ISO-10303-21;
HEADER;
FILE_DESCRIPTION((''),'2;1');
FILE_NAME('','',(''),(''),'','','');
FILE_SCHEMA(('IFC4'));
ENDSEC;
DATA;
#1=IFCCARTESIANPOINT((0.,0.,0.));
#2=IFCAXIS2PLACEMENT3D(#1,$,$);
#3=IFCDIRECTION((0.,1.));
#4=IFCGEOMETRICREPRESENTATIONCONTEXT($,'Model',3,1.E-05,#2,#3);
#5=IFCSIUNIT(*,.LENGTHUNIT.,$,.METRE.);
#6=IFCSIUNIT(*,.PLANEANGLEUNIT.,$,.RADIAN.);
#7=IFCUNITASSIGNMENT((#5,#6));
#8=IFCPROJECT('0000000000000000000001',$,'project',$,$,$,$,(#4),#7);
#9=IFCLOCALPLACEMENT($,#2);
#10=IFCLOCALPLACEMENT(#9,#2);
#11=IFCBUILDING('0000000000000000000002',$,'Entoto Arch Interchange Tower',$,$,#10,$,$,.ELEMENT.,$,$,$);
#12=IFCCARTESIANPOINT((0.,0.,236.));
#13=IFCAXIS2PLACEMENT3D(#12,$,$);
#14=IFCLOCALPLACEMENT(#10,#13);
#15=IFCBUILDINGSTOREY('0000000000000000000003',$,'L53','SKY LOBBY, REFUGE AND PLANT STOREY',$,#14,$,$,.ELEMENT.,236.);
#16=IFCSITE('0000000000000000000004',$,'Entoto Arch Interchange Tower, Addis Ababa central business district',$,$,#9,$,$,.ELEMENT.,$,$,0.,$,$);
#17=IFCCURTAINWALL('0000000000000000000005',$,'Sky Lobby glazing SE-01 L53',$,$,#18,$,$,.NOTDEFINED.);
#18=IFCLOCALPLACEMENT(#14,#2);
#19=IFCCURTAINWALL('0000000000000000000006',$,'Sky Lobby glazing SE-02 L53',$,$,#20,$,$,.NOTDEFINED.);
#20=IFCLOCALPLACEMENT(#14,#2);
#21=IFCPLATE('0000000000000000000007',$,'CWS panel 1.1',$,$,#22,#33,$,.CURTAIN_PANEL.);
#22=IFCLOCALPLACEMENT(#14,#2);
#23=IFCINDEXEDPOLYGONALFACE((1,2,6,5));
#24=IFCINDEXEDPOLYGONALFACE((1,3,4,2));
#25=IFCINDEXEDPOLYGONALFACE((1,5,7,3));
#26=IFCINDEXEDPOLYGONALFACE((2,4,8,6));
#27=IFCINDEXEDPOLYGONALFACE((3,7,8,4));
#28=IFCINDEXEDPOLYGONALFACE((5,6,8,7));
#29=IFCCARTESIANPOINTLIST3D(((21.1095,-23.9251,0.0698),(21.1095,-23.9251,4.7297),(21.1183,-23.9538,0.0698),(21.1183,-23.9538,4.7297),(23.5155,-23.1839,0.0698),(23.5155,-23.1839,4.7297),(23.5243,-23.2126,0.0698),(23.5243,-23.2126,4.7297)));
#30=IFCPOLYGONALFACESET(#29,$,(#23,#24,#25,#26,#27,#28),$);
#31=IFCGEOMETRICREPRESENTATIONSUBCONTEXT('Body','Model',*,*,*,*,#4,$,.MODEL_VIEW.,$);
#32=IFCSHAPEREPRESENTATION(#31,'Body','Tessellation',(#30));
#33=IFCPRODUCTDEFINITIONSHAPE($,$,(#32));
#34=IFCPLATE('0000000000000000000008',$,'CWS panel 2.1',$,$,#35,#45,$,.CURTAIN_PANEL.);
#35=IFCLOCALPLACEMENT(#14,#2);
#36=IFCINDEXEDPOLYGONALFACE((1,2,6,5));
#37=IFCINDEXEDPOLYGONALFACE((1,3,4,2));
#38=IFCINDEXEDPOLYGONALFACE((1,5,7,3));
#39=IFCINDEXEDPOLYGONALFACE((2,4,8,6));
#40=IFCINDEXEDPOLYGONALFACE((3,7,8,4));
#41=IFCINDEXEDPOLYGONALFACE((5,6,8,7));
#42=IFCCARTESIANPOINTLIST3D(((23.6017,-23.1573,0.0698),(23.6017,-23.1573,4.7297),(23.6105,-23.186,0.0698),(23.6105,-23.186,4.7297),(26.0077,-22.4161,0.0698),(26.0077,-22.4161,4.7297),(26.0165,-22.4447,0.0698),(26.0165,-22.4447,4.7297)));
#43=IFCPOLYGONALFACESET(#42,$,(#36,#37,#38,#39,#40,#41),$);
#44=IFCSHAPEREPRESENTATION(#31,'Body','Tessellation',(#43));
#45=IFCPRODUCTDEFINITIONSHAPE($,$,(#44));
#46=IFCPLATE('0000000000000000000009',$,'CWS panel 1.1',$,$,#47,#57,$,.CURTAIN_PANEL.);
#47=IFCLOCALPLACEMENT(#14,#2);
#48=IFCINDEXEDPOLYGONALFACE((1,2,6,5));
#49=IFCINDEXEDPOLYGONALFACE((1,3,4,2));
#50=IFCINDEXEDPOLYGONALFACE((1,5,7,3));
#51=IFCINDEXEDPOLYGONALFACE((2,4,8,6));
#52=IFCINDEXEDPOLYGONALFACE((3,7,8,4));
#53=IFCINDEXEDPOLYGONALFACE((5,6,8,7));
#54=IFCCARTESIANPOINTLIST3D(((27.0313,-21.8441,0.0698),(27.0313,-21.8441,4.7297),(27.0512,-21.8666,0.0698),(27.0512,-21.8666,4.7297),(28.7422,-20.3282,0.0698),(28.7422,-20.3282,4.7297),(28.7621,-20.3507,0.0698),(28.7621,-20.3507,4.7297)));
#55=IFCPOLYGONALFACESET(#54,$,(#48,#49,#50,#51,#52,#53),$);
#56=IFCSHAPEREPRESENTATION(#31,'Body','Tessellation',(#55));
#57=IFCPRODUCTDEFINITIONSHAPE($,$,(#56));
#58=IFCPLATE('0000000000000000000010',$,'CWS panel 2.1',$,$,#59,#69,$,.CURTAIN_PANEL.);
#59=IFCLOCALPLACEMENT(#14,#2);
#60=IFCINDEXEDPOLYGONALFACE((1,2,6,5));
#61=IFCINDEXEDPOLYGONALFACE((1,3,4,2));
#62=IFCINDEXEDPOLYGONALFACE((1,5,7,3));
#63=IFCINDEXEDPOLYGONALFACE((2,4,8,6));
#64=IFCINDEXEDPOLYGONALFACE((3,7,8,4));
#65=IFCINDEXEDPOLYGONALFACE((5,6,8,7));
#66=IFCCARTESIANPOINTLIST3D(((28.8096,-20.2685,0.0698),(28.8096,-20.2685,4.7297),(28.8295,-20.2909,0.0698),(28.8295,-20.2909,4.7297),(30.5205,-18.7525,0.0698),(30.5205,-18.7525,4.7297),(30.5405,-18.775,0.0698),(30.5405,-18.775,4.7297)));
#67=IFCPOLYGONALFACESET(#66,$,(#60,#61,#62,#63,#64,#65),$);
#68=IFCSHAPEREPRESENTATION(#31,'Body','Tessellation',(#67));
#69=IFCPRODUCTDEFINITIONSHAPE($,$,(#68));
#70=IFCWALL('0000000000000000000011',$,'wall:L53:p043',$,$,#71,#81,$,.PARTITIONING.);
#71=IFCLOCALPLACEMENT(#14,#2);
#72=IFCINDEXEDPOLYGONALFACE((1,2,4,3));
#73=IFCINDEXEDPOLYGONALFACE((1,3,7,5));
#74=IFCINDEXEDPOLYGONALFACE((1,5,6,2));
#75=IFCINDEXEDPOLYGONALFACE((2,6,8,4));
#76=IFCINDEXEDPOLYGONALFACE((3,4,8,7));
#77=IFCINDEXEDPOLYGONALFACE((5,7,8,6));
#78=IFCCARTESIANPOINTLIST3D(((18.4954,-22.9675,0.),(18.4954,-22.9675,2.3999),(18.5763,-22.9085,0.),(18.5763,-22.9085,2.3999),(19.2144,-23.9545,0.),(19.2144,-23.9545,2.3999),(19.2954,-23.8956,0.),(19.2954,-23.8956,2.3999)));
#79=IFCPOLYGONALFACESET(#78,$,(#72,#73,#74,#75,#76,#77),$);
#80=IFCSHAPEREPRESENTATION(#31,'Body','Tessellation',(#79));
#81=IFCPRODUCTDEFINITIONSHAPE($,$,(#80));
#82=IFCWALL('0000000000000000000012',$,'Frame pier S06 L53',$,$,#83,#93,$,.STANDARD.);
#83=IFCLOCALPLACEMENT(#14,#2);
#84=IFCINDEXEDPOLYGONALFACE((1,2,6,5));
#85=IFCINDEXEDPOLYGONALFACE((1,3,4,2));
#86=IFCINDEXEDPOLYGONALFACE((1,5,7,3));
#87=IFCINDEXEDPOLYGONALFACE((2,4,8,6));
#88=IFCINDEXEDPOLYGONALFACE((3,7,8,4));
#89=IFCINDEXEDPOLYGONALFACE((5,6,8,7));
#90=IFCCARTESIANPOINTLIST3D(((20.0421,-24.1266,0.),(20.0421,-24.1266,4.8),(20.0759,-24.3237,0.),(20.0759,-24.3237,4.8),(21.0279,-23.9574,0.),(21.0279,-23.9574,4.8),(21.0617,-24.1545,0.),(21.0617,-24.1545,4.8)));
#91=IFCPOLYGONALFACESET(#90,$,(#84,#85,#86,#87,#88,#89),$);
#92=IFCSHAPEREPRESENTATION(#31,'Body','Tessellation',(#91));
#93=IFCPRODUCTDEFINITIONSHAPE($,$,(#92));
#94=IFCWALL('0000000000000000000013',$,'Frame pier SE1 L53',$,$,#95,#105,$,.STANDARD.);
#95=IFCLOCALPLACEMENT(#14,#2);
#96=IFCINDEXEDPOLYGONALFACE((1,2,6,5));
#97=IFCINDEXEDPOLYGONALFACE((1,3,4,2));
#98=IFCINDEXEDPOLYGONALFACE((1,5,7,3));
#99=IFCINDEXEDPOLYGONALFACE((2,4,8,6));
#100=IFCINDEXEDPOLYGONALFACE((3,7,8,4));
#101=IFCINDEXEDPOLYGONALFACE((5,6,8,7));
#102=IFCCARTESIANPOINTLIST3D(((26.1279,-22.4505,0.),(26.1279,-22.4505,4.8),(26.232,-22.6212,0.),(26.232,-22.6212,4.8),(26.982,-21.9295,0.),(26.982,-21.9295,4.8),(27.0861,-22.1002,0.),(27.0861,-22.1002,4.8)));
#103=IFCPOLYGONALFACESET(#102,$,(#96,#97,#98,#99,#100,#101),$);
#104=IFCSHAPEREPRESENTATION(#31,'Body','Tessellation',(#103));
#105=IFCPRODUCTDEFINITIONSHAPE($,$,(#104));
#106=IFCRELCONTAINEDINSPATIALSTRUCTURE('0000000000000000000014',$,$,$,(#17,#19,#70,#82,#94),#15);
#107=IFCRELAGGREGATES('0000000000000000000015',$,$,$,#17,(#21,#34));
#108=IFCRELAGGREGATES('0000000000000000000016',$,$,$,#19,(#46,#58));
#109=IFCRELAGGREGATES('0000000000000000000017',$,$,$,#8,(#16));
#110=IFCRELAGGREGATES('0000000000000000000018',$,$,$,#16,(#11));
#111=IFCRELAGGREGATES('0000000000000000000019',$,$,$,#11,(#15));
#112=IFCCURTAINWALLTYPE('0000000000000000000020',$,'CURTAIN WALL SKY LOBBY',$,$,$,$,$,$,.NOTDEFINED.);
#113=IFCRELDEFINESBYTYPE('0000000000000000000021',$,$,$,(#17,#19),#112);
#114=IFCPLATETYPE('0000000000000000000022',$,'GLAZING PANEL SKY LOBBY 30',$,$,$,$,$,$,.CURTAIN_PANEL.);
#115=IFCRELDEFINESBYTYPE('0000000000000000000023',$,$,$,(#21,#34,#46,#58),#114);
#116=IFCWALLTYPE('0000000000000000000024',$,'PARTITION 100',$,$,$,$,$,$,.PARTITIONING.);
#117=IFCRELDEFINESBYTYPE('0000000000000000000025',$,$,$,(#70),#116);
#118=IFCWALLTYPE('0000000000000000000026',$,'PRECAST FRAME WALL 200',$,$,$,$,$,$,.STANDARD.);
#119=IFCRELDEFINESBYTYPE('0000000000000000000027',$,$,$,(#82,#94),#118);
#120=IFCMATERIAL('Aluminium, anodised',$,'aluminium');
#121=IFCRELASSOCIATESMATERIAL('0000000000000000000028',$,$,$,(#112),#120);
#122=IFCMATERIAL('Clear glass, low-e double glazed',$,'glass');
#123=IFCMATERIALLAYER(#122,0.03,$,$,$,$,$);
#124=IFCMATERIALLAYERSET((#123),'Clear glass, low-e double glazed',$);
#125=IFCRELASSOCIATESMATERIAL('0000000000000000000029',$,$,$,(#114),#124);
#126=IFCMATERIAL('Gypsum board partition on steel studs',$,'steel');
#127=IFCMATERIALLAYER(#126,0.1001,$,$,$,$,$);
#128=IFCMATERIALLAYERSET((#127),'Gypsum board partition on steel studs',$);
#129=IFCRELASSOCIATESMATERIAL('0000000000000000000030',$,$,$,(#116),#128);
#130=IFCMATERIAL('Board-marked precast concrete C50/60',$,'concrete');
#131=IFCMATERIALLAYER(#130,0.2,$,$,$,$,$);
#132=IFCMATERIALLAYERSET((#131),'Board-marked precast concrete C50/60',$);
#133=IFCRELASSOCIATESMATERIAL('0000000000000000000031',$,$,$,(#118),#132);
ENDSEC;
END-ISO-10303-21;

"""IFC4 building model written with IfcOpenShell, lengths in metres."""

from ifc_helpers import new_model, si_unit, direction, frame, frame_2d, origin, origin_2d, place, context, subcontext, project, spatial, rectangle, extrude, material, layer, layer_set, type_object, element, aggregate, save


model = new_model("IFC4")

# Units and contexts
model_context = context("Model", 3, precision=1e-05, world=origin(), true_north=direction((0.0, 1.0)))
body_context = subcontext(model_context, "Body", "Model", "MODEL_VIEW")
ifc_project = project(units=[si_unit("LENGTHUNIT", "METRE"), si_unit("PLANEANGLEUNIT", "RADIAN")], contexts=[model_context])

# Site, building, storey
site_placement = place(None, origin())
site = spatial("IfcSite", under=ifc_project, at=site_placement, Name="Entoto Arch Interchange Tower, Addis Ababa central business district", CompositionType="ELEMENT", RefElevation=0.0)
building_placement = place(site_placement, origin())
building = spatial("IfcBuilding", under=site, at=building_placement, Name="Entoto Arch Interchange Tower", CompositionType="ELEMENT")
storey_placement = place(building_placement, frame((0.0, 0.0, 236.0)))
storey = spatial("IfcBuildingStorey", under=building, at=storey_placement, Name="L53", Description="SKY LOBBY, REFUGE AND PLANT STOREY", CompositionType="ELEMENT", Elevation=236.0)

# Curtain walls
ifc_material_1 = material(Name="Aluminium, anodised", Category="aluminium")
curtain_wall_type = type_object("IfcCurtainWallType", Name="CURTAIN WALL SKY LOBBY", PredefinedType="NOTDEFINED", material=ifc_material_1)
curtain_wall_1_placement = place(storey_placement, origin())
curtain_wall_1 = element("IfcCurtainWall", 1, at=curtain_wall_1_placement, inside=storey, type_object=curtain_wall_type, Name="Sky Lobby glazing SE-01 L53", PredefinedType="NOTDEFINED")
curtain_wall_2_placement = place(storey_placement, origin())
curtain_wall_2 = element("IfcCurtainWall", 2, at=curtain_wall_2_placement, inside=storey, type_object=curtain_wall_type, Name="Sky Lobby glazing SE-02 L53", PredefinedType="NOTDEFINED")

# Plates
ifc_material_2 = material(Name="Clear glass, low-e double glazed", Category="glass")
ifc_layer_1 = layer(ifc_material_2, 0.03)
ifc_layer_set_1 = layer_set([ifc_layer_1], Name="Clear glass, low-e double glazed")
plate_type = type_object("IfcPlateType", Name="GLAZING PANEL SKY LOBBY 30", PredefinedType="CURTAIN_PANEL", material=ifc_layer_set_1)
plate_1_placement = place(storey_placement, frame((22.3169, -23.5688, 0.0698), z_axis=(0.0, 0.0, 1.0), x_axis=(0.955673, 0.29443, 0.0)))
plate_1 = element("IfcPlate", 3, at=plate_1_placement, type_object=plate_type, Name="CWS panel 1.1", PredefinedType="CURTAIN_PANEL", context=body_context, shape_type="SweptSolid", body=[
    extrude(rectangle(XDim=2.5176, YDim=0.03, at=origin_2d()), origin(), (0.0, 0.0, 1.0), 4.6599),
])
plate_2_placement = place(storey_placement, frame((24.8091, -22.801, 0.0698), z_axis=(0.0, 0.0, 1.0), x_axis=(0.955673, 0.29443, 0.0)))
plate_2 = element("IfcPlate", 4, at=plate_2_placement, type_object=plate_type, Name="CWS panel 2.1", PredefinedType="CURTAIN_PANEL", context=body_context, shape_type="SweptSolid", body=[
    extrude(rectangle(XDim=2.5176, YDim=0.03, at=origin_2d()), origin(), (0.0, 0.0, 1.0), 4.6599),
])
aggregate(curtain_wall_1, [plate_1, plate_2])
plate_3_placement = place(storey_placement, frame((27.8967, -21.0974, 0.0698), z_axis=(0.0, 0.0, 1.0), x_axis=(0.748468, 0.663171, 0.0)))
plate_3 = element("IfcPlate", 5, at=plate_3_placement, type_object=plate_type, Name="CWS panel 1.1", PredefinedType="CURTAIN_PANEL", context=body_context, shape_type="SweptSolid", body=[
    extrude(rectangle(XDim=2.2859, YDim=0.03, at=origin_2d()), origin(), (0.0, 0.0, 1.0), 4.6599),
])
plate_4_placement = place(storey_placement, frame((29.675, -19.5217, 0.0698), z_axis=(0.0, 0.0, 1.0), x_axis=(0.748468, 0.663171, 0.0)))
plate_4 = element("IfcPlate", 6, at=plate_4_placement, type_object=plate_type, Name="CWS panel 2.1", PredefinedType="CURTAIN_PANEL", context=body_context, shape_type="SweptSolid", body=[
    extrude(rectangle(XDim=2.2859, YDim=0.03, at=origin_2d()), origin(), (0.0, 0.0, 1.0), 4.6599),
])
aggregate(curtain_wall_2, [plate_3, plate_4])

# Walls
ifc_material_3 = material(Name="Gypsum board partition on steel studs", Category="steel")
ifc_layer_2 = layer(ifc_material_3, 0.1001)
ifc_layer_set_2 = layer_set([ifc_layer_2], Name="Gypsum board partition on steel studs")
wall_type_1 = type_object("IfcWallType", Name="PARTITION 100", PredefinedType="PARTITIONING", material=ifc_layer_set_2)
wall_1_placement = place(storey_placement, frame((18.5359, -22.938, 0.0), z_axis=(0.0, 0.0, 1.0), x_axis=(0.588778, -0.808295, 0.0)))
element("IfcWall", 7, at=wall_1_placement, inside=storey, type_object=wall_type_1, Name="wall:L53:p043", PredefinedType="PARTITIONING", context=body_context, shape_type="SweptSolid", body=[
    extrude(rectangle(XDim=1.2212, YDim=0.1001, at=frame_2d((0.6106, 0.0))), origin(), (0.0, 0.0, 1.0), 2.3999),
])
ifc_material_4 = material(Name="Board-marked precast concrete C50/60", Category="concrete")
ifc_layer_3 = layer(ifc_material_4, 0.2)
ifc_layer_set_3 = layer_set([ifc_layer_3], Name="Board-marked precast concrete C50/60")
wall_type_2 = type_object("IfcWallType", Name="PRECAST FRAME WALL 200", PredefinedType="STANDARD", material=ifc_layer_set_3)
wall_2_placement = place(storey_placement, frame((20.0591, -24.2251, 0.0), z_axis=(0.0, 0.0, 1.0), x_axis=(0.985591, 0.169147, 0.0)))
element("IfcWall", 8, at=wall_2_placement, inside=storey, type_object=wall_type_2, Name="Frame pier S06 L53", PredefinedType="STANDARD", context=body_context, shape_type="SweptSolid", body=[
    extrude(rectangle(XDim=1.0002, YDim=0.2, at=frame_2d((0.5, 0.0))), origin(), (0.0, 0.0, 1.0), 4.8),
])
wall_3_placement = place(storey_placement, frame((26.1799, -22.5359, 0.0), z_axis=(0.0, 0.0, 1.0), x_axis=(0.85368, 0.520798, 0.0)))
element("IfcWall", 9, at=wall_3_placement, inside=storey, type_object=wall_type_2, Name="Frame pier SE1 L53", PredefinedType="STANDARD", context=body_context, shape_type="SweptSolid", body=[
    extrude(rectangle(XDim=1.0005, YDim=0.2, at=frame_2d((0.5002, 0.0))), origin(), (0.0, 0.0, 1.0), 4.8),
])

save(model, "model.ifc")
